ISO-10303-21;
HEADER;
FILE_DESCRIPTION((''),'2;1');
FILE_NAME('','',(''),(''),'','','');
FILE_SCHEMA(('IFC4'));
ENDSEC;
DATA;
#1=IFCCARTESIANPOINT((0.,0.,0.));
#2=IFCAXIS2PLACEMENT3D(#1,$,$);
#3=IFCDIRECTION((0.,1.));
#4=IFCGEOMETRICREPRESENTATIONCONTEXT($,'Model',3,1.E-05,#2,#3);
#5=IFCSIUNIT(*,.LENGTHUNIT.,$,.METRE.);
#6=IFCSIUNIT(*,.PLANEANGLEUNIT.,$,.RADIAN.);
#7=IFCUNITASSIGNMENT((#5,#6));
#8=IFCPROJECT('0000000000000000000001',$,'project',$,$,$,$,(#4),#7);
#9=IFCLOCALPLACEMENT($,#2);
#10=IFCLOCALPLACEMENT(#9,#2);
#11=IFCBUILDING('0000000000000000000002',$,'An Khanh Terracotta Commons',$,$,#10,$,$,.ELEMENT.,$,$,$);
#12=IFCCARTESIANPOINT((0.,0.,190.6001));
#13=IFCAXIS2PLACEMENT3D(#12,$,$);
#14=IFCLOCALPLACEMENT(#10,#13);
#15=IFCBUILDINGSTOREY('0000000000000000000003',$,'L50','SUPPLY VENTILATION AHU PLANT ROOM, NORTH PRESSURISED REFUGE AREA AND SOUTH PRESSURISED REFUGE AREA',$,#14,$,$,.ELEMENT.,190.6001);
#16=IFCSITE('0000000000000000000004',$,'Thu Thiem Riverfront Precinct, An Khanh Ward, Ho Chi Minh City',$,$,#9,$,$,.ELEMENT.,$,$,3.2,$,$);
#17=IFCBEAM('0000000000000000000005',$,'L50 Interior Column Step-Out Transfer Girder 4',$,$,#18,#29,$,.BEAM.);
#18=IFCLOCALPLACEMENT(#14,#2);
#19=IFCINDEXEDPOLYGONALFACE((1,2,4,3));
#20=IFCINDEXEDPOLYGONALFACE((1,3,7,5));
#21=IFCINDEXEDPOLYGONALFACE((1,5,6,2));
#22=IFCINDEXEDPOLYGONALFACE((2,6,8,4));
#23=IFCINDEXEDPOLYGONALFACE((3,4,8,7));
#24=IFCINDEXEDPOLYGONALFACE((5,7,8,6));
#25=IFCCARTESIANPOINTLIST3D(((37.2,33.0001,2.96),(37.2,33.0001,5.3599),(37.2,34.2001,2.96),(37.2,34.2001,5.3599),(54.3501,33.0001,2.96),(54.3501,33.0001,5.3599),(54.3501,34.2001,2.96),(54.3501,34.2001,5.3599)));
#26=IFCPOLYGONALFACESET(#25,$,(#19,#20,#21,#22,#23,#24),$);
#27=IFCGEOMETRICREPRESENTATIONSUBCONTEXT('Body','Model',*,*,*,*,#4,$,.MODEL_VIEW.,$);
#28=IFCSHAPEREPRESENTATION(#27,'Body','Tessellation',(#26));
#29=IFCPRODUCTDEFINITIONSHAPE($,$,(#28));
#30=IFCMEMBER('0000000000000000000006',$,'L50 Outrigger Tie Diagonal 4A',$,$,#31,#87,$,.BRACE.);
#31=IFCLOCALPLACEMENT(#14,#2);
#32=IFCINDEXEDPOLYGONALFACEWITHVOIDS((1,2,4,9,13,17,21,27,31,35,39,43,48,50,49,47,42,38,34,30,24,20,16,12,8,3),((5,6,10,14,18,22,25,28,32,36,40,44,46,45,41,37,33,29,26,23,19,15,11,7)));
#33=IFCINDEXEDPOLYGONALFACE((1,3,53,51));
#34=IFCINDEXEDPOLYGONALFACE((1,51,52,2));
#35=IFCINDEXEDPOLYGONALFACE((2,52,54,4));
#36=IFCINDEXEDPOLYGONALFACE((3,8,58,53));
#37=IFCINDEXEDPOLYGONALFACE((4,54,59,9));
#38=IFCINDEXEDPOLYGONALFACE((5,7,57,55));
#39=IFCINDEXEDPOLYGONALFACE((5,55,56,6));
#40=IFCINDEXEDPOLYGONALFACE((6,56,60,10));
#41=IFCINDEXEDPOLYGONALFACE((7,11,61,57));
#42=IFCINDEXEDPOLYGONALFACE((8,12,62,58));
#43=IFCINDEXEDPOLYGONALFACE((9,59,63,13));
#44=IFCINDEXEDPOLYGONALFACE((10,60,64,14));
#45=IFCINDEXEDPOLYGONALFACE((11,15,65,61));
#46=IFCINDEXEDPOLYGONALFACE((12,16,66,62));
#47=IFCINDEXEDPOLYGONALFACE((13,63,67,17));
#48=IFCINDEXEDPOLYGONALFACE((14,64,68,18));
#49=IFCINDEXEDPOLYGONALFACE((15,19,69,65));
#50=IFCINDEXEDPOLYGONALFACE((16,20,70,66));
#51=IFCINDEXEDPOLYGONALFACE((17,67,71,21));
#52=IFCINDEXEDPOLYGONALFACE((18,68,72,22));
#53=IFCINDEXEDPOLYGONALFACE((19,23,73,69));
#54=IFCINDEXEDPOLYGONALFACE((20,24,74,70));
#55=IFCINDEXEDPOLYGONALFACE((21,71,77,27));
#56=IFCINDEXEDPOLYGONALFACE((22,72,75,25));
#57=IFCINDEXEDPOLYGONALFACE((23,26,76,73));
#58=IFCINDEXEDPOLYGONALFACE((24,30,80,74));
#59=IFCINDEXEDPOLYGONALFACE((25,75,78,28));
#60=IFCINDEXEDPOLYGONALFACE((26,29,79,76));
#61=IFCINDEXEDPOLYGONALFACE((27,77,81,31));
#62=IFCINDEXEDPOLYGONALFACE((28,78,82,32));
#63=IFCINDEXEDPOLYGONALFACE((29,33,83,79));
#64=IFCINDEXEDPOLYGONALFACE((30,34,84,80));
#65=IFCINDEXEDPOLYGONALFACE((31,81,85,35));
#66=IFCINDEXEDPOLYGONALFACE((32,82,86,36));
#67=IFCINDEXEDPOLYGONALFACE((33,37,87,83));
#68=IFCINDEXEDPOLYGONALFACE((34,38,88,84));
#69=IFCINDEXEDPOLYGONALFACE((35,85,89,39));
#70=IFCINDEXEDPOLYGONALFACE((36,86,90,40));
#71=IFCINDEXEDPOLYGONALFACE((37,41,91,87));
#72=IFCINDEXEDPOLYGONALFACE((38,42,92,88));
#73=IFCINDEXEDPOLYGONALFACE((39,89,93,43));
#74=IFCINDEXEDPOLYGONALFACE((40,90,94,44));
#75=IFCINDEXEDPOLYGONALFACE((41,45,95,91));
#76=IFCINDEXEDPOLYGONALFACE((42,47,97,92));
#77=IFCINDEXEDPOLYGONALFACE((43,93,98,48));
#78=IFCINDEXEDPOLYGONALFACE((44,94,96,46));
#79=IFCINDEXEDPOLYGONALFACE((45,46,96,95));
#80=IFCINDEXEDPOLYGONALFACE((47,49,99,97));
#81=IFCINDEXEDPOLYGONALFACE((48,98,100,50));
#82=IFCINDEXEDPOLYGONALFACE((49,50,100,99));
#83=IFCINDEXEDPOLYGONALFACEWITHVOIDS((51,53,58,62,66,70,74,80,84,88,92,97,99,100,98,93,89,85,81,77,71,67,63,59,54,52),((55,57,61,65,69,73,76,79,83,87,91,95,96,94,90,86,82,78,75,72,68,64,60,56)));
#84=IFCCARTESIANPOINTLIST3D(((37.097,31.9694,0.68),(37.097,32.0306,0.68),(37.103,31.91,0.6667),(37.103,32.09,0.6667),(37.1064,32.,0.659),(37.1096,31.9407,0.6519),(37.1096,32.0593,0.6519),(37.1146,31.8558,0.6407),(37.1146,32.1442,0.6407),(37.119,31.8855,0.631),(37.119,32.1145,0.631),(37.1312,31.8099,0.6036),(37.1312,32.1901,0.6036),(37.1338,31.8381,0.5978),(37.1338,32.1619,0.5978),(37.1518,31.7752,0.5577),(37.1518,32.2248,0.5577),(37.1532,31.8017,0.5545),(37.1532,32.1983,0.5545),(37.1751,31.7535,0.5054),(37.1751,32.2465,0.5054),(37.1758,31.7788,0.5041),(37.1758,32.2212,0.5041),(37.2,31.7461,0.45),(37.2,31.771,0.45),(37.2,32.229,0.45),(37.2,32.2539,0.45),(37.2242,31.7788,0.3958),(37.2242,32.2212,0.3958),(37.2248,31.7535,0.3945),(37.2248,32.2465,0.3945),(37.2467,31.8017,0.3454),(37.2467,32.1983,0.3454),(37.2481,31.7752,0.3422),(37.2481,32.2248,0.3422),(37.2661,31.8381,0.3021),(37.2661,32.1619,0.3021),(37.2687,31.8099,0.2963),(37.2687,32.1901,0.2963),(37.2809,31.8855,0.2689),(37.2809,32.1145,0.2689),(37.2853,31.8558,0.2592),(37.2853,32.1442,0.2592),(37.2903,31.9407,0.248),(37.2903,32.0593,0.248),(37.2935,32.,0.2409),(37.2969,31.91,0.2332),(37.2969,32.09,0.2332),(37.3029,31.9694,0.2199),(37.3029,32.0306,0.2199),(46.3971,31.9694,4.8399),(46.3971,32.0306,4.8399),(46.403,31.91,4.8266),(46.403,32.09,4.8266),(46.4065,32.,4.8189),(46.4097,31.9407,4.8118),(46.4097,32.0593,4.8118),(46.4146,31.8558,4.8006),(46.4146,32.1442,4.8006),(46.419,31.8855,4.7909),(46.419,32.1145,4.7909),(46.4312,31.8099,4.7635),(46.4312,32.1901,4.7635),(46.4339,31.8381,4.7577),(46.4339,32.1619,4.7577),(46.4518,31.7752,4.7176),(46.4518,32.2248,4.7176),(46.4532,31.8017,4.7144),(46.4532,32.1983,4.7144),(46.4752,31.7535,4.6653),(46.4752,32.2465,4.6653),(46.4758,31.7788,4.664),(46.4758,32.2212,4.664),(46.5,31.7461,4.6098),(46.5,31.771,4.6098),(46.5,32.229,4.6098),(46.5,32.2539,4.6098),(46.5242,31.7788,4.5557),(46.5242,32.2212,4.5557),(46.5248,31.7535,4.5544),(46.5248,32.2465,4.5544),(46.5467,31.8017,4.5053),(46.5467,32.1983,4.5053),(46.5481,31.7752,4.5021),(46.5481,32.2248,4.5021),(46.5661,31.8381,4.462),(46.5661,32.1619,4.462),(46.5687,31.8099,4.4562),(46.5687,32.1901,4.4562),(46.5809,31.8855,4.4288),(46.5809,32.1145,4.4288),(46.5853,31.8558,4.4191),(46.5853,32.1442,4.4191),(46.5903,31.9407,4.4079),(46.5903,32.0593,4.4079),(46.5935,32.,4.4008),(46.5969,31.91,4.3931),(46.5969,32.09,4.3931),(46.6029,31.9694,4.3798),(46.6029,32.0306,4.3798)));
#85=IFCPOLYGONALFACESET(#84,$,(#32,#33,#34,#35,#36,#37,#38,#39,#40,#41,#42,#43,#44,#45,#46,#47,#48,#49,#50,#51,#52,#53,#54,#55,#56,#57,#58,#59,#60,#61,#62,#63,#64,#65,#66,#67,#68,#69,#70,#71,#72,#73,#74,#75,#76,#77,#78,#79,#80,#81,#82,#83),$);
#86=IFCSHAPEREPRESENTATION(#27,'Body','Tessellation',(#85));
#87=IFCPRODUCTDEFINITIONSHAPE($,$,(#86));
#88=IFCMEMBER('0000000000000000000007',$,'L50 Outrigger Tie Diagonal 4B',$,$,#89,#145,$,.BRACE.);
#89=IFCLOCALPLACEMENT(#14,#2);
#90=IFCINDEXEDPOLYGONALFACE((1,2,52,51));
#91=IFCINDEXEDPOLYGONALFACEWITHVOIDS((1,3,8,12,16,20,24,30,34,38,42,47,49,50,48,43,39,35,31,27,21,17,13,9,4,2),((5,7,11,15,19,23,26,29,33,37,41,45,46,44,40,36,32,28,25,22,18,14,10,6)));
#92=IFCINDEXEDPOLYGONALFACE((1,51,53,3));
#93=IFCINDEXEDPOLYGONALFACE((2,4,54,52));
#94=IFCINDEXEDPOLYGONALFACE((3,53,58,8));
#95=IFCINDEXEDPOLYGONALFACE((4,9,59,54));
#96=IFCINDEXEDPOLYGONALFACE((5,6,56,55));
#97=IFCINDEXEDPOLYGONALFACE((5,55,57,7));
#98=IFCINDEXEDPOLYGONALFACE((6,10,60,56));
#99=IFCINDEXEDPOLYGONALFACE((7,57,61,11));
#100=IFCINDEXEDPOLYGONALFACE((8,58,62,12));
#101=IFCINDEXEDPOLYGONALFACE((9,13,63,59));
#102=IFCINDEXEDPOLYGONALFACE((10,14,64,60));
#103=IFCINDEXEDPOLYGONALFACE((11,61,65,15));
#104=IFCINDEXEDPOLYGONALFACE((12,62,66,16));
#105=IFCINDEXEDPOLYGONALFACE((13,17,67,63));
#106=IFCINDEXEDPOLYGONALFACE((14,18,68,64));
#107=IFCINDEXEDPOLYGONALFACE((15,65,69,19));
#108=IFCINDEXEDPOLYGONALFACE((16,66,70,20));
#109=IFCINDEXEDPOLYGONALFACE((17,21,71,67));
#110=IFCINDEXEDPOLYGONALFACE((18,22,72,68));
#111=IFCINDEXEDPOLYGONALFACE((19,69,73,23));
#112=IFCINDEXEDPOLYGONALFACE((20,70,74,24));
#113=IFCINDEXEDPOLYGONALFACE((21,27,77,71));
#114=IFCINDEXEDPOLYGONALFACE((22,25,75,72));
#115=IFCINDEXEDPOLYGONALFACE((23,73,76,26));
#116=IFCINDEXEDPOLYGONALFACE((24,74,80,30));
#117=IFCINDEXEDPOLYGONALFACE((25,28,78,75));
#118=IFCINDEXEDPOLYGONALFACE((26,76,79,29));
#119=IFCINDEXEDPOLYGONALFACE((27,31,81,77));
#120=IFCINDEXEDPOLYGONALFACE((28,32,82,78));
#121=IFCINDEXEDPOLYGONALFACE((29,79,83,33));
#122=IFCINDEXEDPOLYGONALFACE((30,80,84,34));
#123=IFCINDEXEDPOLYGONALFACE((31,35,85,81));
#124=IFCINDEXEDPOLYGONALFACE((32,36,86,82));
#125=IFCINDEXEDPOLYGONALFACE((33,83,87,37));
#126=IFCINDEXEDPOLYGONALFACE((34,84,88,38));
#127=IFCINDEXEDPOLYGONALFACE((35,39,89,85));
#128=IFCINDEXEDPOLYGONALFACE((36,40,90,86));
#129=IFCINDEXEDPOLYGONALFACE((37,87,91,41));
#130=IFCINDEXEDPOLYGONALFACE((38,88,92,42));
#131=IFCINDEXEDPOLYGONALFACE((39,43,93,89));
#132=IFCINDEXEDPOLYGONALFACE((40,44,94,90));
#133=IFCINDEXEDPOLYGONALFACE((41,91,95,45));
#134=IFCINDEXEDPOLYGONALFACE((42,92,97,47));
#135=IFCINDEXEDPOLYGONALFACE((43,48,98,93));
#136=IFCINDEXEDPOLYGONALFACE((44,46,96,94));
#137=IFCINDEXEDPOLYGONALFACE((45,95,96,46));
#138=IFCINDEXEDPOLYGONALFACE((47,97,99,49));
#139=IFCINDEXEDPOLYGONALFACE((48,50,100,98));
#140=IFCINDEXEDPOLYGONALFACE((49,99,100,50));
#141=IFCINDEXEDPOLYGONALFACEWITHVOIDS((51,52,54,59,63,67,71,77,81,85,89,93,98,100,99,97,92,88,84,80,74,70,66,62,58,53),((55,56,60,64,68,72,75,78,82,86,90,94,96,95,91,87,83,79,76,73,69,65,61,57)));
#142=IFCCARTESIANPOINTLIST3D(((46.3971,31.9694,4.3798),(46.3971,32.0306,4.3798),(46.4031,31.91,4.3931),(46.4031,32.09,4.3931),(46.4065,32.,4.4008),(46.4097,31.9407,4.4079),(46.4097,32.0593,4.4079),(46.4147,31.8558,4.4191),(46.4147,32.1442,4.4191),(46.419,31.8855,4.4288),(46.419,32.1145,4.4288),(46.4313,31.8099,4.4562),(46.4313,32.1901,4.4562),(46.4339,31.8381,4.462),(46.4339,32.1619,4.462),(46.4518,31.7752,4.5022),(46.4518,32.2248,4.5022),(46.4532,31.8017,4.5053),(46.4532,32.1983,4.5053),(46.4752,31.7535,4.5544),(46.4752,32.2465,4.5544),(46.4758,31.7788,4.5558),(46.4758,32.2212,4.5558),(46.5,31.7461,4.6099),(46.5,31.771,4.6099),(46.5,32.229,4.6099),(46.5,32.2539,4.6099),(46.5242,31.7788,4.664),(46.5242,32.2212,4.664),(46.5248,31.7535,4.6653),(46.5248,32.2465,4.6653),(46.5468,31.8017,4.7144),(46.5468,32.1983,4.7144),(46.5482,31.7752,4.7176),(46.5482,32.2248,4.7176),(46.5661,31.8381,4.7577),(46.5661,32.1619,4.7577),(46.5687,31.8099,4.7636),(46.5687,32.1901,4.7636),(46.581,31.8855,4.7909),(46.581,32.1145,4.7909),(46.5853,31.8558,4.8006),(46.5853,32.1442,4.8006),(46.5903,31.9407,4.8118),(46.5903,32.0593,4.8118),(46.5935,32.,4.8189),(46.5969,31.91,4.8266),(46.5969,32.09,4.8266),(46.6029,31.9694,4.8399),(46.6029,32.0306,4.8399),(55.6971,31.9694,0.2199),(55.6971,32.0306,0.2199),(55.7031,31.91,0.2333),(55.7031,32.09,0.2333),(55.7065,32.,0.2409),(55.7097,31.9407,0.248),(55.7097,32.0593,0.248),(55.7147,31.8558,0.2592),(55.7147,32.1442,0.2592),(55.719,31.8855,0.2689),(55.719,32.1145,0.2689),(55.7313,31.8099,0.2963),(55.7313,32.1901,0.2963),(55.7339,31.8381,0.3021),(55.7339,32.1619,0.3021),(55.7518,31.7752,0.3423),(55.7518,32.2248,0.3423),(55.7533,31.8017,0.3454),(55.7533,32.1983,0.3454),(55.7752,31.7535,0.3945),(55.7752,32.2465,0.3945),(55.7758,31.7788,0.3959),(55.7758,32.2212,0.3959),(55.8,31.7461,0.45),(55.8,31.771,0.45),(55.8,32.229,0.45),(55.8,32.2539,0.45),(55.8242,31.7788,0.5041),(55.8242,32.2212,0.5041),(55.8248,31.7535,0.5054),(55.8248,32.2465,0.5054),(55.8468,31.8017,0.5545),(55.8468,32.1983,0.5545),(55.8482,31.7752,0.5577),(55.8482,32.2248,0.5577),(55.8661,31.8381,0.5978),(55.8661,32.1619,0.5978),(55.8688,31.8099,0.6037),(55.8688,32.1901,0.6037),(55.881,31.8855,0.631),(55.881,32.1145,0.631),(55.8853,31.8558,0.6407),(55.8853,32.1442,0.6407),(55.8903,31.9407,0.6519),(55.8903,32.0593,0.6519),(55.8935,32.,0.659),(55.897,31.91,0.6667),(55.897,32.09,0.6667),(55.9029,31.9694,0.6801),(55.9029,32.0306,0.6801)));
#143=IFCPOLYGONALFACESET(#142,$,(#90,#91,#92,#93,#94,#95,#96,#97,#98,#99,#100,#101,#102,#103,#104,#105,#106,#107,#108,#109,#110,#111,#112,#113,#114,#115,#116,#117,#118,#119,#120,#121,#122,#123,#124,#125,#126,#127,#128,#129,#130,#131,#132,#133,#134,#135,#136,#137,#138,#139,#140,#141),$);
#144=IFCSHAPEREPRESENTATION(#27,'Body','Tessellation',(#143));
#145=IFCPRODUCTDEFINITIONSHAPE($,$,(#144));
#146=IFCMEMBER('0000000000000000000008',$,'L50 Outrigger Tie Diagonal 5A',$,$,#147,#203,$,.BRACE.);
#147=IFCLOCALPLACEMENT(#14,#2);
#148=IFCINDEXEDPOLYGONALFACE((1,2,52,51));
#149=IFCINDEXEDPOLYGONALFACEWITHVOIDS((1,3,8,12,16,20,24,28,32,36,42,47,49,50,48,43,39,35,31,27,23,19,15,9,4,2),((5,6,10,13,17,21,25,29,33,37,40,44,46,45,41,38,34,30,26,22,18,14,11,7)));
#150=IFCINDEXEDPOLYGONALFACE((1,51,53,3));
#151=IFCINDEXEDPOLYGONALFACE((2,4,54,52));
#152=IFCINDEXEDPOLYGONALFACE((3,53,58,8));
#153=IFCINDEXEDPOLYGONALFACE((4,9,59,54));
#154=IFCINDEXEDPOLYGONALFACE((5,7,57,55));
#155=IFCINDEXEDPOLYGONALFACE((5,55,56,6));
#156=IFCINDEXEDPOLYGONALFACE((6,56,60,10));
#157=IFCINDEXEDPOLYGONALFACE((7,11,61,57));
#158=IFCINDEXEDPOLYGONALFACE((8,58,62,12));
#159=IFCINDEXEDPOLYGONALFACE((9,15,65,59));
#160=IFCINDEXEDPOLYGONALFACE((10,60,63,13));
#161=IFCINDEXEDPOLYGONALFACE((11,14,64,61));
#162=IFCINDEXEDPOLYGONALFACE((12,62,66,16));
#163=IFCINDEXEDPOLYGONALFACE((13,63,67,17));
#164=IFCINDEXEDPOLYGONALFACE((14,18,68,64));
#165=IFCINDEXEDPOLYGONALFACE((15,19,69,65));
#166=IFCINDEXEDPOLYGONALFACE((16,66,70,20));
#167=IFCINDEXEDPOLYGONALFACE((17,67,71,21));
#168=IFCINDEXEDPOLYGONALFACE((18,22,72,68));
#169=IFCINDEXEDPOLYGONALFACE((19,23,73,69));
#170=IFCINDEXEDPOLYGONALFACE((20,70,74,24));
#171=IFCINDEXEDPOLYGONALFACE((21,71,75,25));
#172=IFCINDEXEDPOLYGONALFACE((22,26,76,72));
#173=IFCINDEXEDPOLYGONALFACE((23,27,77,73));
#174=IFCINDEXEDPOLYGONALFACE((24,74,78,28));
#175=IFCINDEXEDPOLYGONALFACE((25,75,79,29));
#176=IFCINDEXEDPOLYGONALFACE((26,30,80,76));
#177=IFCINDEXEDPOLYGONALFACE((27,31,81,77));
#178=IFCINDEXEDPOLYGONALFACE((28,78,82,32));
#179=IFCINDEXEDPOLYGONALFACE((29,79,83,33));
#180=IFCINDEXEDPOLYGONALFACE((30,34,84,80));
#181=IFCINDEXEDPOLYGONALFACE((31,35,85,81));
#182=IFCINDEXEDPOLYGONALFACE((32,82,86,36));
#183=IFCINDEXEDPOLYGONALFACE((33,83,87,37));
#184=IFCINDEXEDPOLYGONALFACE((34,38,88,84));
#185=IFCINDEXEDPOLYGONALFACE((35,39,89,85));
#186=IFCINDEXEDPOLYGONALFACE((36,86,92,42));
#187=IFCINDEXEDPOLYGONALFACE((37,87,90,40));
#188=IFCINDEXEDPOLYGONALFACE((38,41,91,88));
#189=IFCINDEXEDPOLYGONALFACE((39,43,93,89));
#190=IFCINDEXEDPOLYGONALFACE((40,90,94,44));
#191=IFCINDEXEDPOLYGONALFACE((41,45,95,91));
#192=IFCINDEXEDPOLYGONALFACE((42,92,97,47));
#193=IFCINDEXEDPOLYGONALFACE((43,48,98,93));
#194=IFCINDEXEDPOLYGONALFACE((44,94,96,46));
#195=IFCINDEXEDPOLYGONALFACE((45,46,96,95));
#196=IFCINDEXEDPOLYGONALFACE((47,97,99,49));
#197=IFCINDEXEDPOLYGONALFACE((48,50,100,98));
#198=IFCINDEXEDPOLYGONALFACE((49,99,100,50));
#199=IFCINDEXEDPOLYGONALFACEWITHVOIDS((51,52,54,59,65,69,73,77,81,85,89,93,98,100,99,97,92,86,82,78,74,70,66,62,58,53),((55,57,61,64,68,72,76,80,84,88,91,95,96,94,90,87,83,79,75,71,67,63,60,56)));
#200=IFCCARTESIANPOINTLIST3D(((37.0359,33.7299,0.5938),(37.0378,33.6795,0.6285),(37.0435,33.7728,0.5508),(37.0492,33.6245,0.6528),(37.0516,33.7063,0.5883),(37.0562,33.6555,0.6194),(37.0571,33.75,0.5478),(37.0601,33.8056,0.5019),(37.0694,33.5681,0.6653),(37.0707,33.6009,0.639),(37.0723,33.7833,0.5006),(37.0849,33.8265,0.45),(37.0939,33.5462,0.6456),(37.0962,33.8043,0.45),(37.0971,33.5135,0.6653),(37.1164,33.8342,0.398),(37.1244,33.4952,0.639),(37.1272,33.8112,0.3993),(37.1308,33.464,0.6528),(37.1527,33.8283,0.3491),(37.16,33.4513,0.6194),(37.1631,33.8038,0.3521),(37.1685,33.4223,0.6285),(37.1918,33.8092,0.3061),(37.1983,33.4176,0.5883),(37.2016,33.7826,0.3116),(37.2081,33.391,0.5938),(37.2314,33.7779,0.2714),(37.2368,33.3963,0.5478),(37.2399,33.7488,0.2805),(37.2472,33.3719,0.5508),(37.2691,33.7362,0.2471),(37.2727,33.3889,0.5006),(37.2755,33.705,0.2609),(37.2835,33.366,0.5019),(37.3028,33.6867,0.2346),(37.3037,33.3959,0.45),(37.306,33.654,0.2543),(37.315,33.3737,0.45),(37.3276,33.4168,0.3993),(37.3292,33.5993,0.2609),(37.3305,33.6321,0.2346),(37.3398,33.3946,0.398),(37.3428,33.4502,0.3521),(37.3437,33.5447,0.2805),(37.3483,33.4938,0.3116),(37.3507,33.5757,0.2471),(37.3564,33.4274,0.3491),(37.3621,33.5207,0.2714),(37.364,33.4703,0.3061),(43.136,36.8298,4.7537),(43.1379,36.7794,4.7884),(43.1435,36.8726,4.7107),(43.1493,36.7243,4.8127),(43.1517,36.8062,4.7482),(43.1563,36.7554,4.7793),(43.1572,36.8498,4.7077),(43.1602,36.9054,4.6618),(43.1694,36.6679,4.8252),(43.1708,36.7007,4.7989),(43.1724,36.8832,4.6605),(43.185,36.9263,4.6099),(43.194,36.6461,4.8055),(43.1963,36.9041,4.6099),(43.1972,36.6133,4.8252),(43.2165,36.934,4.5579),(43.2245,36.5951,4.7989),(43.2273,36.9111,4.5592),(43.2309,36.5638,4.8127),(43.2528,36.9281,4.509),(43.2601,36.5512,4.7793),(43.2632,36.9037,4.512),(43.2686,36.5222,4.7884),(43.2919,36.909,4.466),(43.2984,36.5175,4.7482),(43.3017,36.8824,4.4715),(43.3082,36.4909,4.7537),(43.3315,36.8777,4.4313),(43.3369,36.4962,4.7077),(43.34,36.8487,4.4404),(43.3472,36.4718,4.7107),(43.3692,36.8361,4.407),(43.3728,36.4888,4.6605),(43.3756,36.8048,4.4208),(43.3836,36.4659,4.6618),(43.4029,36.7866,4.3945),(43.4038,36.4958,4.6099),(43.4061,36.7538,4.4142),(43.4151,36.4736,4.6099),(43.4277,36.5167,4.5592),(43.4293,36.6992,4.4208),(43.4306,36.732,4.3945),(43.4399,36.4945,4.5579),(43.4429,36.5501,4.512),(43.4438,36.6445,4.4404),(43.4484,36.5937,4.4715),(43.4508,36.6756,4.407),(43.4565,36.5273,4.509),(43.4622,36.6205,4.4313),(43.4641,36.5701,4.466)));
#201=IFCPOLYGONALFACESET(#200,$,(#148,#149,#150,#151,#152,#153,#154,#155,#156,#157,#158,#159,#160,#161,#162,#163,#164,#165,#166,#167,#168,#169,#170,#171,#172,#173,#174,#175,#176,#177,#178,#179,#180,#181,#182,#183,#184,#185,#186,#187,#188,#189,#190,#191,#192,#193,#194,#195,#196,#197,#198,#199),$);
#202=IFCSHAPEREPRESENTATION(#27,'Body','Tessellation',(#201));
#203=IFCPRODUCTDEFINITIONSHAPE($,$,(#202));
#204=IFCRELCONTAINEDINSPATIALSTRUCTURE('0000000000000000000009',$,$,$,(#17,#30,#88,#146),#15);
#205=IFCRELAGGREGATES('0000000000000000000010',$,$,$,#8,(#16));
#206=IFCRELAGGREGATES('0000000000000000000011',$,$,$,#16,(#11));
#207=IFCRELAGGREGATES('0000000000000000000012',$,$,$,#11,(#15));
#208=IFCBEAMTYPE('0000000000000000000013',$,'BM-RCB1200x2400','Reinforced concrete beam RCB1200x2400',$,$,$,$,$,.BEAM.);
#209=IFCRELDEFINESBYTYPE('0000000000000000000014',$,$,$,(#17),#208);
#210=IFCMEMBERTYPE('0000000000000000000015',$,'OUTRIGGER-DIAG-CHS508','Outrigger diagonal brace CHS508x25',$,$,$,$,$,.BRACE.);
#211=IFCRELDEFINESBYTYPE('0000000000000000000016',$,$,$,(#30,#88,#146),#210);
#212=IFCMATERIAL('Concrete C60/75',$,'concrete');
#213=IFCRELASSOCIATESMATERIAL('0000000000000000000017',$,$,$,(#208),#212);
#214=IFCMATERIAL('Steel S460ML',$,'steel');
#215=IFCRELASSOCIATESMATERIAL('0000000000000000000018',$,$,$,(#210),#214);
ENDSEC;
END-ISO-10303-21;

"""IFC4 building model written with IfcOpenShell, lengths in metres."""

from ifc_helpers import new_model, si_unit, direction, frame, origin, origin_2d, place, context, subcontext, project, spatial, rectangle, hollow_circle, extrude, material, material_profile, profile_set, type_object, element, save


model = new_model("IFC4")

# Units and contexts
model_context = context("Model", 3, precision=1e-05, world=origin(), true_north=direction((0.0, 1.0)))
body_context = subcontext(model_context, "Body", "Model", "MODEL_VIEW")
ifc_project = project(units=[si_unit("LENGTHUNIT", "METRE"), si_unit("PLANEANGLEUNIT", "RADIAN")], contexts=[model_context])

# Site, building, storey
site_placement = place(None, origin())
site = spatial("IfcSite", under=ifc_project, at=site_placement, Name="Thu Thiem Riverfront Precinct, An Khanh Ward, Ho Chi Minh City", CompositionType="ELEMENT", RefElevation=3.2)
building_placement = place(site_placement, origin())
building = spatial("IfcBuilding", under=site, at=building_placement, Name="An Khanh Terracotta Commons", CompositionType="ELEMENT")
storey_placement = place(building_placement, frame((0.0, 0.0, 190.6001)))
storey = spatial("IfcBuildingStorey", under=building, at=storey_placement, Name="L50", Description="SUPPLY VENTILATION AHU PLANT ROOM, NORTH PRESSURISED REFUGE AREA AND SOUTH PRESSURISED REFUGE AREA", CompositionType="ELEMENT", Elevation=190.6001)

# Shared definitions
ifc_material_1 = material(Name="Concrete C60/75", Category="concrete")
ifc_material_2 = material(Name="Steel S460ML", Category="steel")

# Beam
ifc_material_profile_1 = material_profile(ifc_material_1, rectangle(XDim=1.2, YDim=2.3999, at=origin_2d()), Name="RCB1200x2400")
ifc_profile_set_1 = profile_set([ifc_material_profile_1], Name="Concrete C60/75")
beam_type_1 = type_object("IfcBeamType", Name="BM-RCB1200x2400", Description="Reinforced concrete beam RCB1200x2400", PredefinedType="BEAM", material=ifc_profile_set_1)
for number, where, z_axis, x_axis, name in (
    (1, (37.2, 33.6001, 4.1599), (1.0, 0.0, 0.0), (0.0, 1.0, 0.0), "L50 Interior Column Step-Out Transfer Girder 4"),
):
    element("IfcBeam", number, at=place(storey_placement, frame(where, z_axis=z_axis, x_axis=x_axis)), inside=storey, type_object=beam_type_1, Name=name, PredefinedType="BEAM", context=body_context, shape_type="SweptSolid", body=[
        extrude(rectangle(XDim=1.2, YDim=2.3999, at=origin_2d()), origin(), (0.0, 0.0, 1.0), 17.1501),
    ])

# Members
ifc_material_profile_2 = material_profile(ifc_material_2, hollow_circle(Radius=0.2539, WallThickness=0.0249, at=origin_2d()), Name="CHS508x25")
ifc_profile_set_2 = profile_set([ifc_material_profile_2], Name="Steel S460ML")
member_type_1 = type_object("IfcMemberType", Name="OUTRIGGER-DIAG-CHS508", Description="Outrigger diagonal brace CHS508x25", PredefinedType="BRACE", material=ifc_profile_set_2)
for number, where, z_axis, x_axis, name in (
    (2, (37.2, 32.0, 0.45), (0.912842, 0.0, 0.408314), (0.0, 1.0, 0.0), "L50 Outrigger Tie Diagonal 4A"),
    (3, (46.5, 32.0, 4.6099), (0.912842, 0.0, -0.408314), (0.0, 1.0, 0.0), "L50 Outrigger Tie Diagonal 4B"),
):
    element("IfcMember", number, at=place(storey_placement, frame(where, z_axis=z_axis, x_axis=x_axis)), inside=storey, type_object=member_type_1, Name=name, PredefinedType="BRACE", context=body_context, shape_type="SweptSolid", body=[
        extrude(hollow_circle(Radius=0.2539, WallThickness=0.0249, at=origin_2d()), origin(), (0.0, 0.0, 1.0), 10.188),
    ])
for number, where, z_axis, x_axis, name in (
    (4, (37.2, 33.6001, 0.45), (0.761768, 0.387103, 0.519481), (-0.453027, 0.891497, 0.0), "L50 Outrigger Tie Diagonal 5A"),
):
    element("IfcMember", number, at=place(storey_placement, frame(where, z_axis=z_axis, x_axis=x_axis)), inside=storey, type_object=member_type_1, Name=name, PredefinedType="BRACE", context=body_context, shape_type="SweptSolid", body=[
        extrude(hollow_circle(Radius=0.2539, WallThickness=0.0249, at=origin_2d()), origin(), (0.0, 0.0, 1.0), 8.0078),
    ])

save(model, "model.ifc")
